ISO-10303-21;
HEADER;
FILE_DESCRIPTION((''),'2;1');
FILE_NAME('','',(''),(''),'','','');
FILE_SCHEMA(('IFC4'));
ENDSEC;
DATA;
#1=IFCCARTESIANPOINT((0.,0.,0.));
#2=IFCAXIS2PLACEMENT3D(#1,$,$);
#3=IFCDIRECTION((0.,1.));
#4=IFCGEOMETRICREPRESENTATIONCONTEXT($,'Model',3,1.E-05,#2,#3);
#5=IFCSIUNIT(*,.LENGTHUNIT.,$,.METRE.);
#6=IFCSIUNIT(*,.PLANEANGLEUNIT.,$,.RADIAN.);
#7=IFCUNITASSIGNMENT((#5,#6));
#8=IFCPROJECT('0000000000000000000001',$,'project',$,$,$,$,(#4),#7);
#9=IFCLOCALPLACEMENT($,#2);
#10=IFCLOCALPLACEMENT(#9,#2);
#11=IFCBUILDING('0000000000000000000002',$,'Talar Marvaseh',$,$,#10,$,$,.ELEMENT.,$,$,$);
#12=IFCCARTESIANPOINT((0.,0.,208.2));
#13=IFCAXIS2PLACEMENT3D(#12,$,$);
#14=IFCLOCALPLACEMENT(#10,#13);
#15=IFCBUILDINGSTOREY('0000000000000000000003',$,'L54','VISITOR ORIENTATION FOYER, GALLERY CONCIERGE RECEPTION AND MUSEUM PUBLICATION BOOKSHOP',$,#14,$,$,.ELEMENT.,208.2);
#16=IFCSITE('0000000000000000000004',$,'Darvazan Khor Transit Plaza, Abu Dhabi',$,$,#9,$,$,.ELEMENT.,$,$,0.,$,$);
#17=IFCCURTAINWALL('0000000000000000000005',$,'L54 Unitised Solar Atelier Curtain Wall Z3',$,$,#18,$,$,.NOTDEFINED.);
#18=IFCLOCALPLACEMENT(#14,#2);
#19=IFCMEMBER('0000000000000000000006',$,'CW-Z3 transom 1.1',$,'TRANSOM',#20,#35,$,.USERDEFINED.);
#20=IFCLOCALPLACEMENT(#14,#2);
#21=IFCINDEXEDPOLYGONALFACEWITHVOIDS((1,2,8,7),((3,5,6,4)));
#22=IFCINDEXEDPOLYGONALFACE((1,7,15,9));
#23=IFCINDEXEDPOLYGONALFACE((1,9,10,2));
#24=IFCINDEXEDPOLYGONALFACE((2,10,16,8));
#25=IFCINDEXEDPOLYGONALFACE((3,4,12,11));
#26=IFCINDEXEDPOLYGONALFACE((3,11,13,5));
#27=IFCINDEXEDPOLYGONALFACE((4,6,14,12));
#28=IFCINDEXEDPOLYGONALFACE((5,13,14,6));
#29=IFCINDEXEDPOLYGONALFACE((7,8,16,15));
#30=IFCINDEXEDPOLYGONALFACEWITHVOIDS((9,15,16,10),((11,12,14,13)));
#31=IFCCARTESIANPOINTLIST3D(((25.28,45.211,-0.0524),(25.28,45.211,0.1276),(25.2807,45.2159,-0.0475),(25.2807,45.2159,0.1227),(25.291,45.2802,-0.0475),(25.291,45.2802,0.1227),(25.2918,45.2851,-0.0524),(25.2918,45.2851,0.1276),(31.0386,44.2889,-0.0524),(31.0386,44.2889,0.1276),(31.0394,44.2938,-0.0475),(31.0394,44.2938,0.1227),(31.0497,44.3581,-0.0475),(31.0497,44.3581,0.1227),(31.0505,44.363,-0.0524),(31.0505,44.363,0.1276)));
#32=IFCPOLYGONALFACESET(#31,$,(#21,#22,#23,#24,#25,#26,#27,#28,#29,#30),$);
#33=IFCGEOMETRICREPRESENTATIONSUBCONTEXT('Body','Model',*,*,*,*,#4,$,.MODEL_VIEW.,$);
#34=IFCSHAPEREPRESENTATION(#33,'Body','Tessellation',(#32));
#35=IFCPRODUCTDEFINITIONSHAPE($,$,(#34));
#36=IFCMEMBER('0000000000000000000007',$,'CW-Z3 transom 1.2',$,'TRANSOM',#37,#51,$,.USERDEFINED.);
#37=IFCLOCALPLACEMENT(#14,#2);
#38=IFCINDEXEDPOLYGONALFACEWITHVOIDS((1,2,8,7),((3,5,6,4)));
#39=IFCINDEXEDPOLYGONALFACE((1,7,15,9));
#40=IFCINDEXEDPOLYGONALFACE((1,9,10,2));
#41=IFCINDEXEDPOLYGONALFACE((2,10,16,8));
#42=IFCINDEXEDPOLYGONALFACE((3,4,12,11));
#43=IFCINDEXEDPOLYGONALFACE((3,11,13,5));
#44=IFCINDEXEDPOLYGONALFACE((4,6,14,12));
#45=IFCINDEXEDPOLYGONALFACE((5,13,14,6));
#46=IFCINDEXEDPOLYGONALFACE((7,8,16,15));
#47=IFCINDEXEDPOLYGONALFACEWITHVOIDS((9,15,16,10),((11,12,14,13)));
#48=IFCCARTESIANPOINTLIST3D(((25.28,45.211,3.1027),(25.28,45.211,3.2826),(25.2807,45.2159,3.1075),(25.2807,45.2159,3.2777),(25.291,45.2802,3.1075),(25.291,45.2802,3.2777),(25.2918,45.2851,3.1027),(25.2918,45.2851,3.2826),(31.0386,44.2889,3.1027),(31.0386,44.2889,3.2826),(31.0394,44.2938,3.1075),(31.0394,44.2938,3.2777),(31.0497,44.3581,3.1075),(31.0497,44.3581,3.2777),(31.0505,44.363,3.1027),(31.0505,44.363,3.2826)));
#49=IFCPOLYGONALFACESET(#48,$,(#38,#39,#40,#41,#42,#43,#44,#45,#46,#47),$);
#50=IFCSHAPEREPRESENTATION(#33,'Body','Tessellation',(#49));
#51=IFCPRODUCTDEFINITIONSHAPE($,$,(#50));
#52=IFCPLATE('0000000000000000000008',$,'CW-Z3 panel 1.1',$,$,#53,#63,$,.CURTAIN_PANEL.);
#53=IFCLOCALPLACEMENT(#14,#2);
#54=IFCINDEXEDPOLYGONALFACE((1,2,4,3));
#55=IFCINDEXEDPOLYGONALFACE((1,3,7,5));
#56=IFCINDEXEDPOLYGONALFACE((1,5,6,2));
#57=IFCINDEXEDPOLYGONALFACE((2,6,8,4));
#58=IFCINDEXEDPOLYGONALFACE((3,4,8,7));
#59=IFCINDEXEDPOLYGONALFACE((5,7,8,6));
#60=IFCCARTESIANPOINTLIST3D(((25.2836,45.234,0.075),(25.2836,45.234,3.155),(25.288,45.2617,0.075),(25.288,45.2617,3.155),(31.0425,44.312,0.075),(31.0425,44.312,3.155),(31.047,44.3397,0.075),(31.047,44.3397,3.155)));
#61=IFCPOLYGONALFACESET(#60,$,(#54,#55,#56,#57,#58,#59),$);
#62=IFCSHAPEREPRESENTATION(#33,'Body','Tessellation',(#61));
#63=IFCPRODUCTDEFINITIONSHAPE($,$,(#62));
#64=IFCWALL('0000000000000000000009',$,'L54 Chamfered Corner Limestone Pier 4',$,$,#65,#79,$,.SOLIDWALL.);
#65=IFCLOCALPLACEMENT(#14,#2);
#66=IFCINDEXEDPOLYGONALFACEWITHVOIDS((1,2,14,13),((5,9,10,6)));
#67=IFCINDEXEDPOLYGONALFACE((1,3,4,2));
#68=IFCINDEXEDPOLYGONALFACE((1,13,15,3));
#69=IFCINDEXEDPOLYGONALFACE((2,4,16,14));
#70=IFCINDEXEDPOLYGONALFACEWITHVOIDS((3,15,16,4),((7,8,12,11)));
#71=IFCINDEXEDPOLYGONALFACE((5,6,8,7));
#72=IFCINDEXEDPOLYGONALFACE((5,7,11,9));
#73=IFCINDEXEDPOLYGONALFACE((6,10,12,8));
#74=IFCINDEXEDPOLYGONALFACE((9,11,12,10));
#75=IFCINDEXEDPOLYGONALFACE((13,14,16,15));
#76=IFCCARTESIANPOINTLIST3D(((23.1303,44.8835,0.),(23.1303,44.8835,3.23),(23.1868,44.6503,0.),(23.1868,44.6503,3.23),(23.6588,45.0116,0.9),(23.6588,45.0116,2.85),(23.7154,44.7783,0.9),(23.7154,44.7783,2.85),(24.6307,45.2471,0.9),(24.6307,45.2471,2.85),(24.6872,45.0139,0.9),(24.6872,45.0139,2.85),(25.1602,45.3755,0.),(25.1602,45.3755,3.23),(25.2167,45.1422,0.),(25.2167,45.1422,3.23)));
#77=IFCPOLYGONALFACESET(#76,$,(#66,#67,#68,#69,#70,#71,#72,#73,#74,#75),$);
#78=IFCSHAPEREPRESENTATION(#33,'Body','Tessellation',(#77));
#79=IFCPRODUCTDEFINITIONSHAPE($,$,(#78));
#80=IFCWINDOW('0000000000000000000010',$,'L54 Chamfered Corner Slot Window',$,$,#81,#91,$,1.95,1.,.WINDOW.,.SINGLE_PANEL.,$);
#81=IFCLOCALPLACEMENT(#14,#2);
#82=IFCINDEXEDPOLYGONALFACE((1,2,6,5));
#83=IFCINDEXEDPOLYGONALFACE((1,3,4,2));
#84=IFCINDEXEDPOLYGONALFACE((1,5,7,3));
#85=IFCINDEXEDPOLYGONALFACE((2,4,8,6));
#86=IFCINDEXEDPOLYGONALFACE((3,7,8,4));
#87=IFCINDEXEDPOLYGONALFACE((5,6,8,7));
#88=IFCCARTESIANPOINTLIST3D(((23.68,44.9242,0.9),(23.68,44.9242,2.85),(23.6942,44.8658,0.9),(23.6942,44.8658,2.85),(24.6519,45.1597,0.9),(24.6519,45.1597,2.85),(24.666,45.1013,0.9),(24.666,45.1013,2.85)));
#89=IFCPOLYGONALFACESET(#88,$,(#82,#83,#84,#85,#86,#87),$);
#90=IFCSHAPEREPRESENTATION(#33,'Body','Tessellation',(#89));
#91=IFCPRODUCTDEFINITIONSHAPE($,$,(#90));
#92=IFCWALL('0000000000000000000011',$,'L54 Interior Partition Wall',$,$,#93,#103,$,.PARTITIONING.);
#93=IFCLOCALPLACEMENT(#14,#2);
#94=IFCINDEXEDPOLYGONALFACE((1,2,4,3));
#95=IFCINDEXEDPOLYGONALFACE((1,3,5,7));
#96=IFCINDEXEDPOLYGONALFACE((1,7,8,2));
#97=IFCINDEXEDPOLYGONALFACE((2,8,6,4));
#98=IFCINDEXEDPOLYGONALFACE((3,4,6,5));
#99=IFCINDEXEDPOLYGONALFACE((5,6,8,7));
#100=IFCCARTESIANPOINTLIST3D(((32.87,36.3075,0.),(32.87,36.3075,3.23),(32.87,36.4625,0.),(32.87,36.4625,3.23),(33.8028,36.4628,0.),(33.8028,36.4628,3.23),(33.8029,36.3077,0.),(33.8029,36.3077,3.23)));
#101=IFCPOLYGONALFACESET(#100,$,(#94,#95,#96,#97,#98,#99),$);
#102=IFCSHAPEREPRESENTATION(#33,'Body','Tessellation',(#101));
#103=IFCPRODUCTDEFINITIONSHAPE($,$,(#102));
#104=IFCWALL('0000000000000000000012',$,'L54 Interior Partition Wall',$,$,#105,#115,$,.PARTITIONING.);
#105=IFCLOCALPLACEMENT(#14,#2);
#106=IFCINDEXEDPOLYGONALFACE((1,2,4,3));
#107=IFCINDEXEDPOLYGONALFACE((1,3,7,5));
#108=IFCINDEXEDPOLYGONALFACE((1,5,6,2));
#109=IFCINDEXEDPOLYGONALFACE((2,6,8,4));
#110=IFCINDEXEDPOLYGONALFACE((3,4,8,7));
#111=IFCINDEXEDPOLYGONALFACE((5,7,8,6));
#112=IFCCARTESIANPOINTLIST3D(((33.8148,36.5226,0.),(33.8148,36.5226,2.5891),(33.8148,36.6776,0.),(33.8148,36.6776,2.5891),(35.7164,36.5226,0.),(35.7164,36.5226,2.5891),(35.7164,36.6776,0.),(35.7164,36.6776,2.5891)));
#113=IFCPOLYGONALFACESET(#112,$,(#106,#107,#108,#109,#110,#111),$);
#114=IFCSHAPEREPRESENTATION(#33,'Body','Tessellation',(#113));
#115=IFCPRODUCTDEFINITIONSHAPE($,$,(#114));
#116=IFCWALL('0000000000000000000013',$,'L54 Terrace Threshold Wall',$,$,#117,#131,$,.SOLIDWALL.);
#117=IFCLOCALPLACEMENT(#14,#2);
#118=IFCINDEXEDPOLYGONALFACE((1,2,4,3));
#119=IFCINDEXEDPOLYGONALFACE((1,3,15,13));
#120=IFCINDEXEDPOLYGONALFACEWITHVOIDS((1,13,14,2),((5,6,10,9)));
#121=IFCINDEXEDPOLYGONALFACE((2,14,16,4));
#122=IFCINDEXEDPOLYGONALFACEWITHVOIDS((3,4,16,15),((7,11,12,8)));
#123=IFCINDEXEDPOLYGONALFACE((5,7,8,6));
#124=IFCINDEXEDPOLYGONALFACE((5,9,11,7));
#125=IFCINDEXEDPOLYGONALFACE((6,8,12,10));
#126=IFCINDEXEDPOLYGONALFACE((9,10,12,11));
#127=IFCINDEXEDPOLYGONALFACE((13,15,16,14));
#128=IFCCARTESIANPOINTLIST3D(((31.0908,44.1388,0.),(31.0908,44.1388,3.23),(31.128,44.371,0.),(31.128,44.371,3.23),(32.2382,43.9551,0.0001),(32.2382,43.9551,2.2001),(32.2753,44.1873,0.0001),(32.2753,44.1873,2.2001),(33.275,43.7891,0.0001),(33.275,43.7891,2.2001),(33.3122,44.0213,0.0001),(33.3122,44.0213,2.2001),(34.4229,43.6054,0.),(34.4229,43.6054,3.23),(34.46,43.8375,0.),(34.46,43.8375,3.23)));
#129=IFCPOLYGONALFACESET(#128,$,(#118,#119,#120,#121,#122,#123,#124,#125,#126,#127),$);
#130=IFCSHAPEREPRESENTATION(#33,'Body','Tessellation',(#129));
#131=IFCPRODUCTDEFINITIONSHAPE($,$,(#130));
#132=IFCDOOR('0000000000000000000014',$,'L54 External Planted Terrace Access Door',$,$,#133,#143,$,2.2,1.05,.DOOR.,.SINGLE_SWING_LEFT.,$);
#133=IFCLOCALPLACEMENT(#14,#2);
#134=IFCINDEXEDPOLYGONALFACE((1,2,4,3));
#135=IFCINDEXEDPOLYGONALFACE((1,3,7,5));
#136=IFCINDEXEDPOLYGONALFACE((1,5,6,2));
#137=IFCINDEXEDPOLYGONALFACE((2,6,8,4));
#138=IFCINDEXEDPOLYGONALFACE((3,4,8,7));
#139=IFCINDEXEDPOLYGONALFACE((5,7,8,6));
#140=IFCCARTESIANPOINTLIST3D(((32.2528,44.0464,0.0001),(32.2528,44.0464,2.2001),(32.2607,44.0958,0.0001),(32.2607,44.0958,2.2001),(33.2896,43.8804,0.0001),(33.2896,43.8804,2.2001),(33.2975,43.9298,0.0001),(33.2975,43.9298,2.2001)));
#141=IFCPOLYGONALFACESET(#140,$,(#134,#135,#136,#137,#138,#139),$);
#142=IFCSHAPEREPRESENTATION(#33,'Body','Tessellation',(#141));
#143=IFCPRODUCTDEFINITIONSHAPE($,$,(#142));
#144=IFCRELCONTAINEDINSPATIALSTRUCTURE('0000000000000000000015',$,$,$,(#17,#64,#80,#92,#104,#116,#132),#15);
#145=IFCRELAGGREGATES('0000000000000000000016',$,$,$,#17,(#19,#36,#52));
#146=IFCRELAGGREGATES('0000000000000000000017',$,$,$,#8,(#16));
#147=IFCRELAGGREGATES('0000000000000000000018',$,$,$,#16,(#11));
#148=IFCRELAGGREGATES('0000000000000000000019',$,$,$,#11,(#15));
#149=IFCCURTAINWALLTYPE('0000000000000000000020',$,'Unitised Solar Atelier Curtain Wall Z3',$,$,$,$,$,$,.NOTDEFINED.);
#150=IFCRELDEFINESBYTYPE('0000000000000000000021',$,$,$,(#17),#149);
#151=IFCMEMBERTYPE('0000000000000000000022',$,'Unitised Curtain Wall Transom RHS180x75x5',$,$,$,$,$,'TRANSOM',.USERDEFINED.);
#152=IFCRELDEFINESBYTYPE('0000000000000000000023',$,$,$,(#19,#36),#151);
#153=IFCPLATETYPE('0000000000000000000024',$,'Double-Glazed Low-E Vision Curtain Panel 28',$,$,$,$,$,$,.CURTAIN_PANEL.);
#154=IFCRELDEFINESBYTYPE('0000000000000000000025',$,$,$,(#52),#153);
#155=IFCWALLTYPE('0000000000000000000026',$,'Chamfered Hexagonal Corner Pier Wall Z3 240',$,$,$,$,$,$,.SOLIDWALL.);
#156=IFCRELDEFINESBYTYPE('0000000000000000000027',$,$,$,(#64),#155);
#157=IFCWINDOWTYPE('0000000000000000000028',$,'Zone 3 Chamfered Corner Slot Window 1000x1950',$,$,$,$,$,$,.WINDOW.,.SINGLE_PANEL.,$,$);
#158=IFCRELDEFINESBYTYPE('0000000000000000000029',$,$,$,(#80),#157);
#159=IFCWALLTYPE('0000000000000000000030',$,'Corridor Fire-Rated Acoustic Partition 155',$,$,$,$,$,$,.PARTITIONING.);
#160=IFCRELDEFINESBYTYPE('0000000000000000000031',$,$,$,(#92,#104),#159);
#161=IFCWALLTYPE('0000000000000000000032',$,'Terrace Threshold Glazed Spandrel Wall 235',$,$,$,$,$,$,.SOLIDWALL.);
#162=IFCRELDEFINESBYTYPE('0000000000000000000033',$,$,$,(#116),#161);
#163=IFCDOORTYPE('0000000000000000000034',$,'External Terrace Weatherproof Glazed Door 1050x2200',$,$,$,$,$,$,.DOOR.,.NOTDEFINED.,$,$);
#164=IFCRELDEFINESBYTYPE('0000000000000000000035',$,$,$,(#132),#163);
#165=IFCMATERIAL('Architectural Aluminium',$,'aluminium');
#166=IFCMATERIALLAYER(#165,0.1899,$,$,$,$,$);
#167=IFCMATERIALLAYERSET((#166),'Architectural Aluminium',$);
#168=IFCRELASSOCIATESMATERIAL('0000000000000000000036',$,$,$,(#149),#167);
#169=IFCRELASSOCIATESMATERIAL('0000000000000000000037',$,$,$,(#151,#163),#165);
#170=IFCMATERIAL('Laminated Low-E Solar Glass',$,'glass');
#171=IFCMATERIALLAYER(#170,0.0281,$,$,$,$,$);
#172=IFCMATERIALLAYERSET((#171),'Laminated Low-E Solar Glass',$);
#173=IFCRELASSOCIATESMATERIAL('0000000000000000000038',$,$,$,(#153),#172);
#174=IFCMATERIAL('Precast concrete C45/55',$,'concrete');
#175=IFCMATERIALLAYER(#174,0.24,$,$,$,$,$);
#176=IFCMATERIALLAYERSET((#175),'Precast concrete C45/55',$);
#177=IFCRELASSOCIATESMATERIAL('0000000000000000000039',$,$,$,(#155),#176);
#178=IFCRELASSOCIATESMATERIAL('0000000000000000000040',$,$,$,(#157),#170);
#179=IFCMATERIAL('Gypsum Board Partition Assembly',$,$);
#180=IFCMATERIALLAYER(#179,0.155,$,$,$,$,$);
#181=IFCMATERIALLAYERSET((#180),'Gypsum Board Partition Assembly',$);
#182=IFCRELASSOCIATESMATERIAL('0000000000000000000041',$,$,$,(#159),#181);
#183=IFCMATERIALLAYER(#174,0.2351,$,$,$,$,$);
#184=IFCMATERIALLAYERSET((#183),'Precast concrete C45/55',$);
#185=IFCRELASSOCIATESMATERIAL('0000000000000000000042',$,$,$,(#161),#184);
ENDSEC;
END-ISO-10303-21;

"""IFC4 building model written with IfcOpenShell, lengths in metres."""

from ifc_helpers import new_model, si_unit, direction, frame, frame_2d, origin, origin_2d, place, context, subcontext, project, spatial, rectangle, hollow_rectangle, extrude, source, transform, mapped, material, layer, layer_set, material_profile, profile_set, type_object, type_shapes, element, fill, aggregate, save


model = new_model("IFC4")

# Units and contexts
model_context = context("Model", 3, precision=1e-05, world=origin(), true_north=direction((0.0, 1.0)))
body_context = subcontext(model_context, "Body", "Model", "MODEL_VIEW")
ifc_project = project(units=[si_unit("LENGTHUNIT", "METRE"), si_unit("PLANEANGLEUNIT", "RADIAN")], contexts=[model_context])

# Site, building, storey
site_placement = place(None, origin())
site = spatial("IfcSite", under=ifc_project, at=site_placement, Name="Darvazan Khor Transit Plaza, Abu Dhabi", CompositionType="ELEMENT", RefElevation=0.0)
building_placement = place(site_placement, origin())
building = spatial("IfcBuilding", under=site, at=building_placement, Name="Talar Marvaseh", CompositionType="ELEMENT")
storey_placement = place(building_placement, frame((0.0, 0.0, 208.2)))
storey = spatial("IfcBuildingStorey", under=building, at=storey_placement, Name="L54", Description="VISITOR ORIENTATION FOYER, GALLERY CONCIERGE RECEPTION AND MUSEUM PUBLICATION BOOKSHOP", CompositionType="ELEMENT", Elevation=208.2)

# Shared definitions
ifc_material_1 = material(Name="Architectural Aluminium", Category="aluminium")
ifc_layer_1 = layer(ifc_material_1, 0.1899)
ifc_layer_set_1 = layer_set([ifc_layer_1], Name="Architectural Aluminium")
curtain_wall_type = type_object("IfcCurtainWallType", Name="Unitised Solar Atelier Curtain Wall Z3", PredefinedType="NOTDEFINED", material=ifc_layer_set_1)

# Curtain wall
curtain_wall_1_placement = place(storey_placement, origin())
curtain_wall_1 = element("IfcCurtainWall", 1, at=curtain_wall_1_placement, inside=storey, type_object=curtain_wall_type, Name="L54 Unitised Solar Atelier Curtain Wall Z3", PredefinedType="NOTDEFINED")

# Members
ifc_material_profile_1 = material_profile(ifc_material_1, hollow_rectangle(XDim=0.075, YDim=0.1799, WallThickness=0.0049, at=origin_2d()), Name="RHS180x75x5")
ifc_profile_set_1 = profile_set([ifc_material_profile_1], Name="Architectural Aluminium")
member_type_1 = type_object("IfcMemberType", Name="Unitised Curtain Wall Transom RHS180x75x5", ElementType="TRANSOM", PredefinedType="USERDEFINED", material=ifc_profile_set_1)
shared_shape_1 = source(origin(), body_context, "Body", "SweptSolid", [
    extrude(hollow_rectangle(XDim=0.075, YDim=0.1799, WallThickness=0.0049, at=origin_2d()), origin(), (0.0, 0.0, 1.0), 5.832),
])
type_shapes(member_type_1, [shared_shape_1])
member_1_placement = place(storey_placement, frame((25.2859, 45.248, 0.0376), z_axis=(0.987422, -0.15811, 0.0), x_axis=(0.15811, 0.987422, 0.0)))
member_1 = element("IfcMember", 2, at=member_1_placement, type_object=member_type_1, Name="CW-Z3 transom 1.1", ObjectType="TRANSOM", PredefinedType="USERDEFINED", context=body_context, shape_type="MappedRepresentation", body=[
    mapped(shared_shape_1, transform((0.0, 0.0, 0.0), x_axis=(1.0, 0.0, 0.0), y_axis=(0.0, 1.0, 0.0), z_axis=(0.0, 0.0, 1.0), scale=1.0)),
])
member_2_placement = place(storey_placement, frame((25.2859, 45.248, 3.1926), z_axis=(0.987422, -0.15811, 0.0), x_axis=(0.15811, 0.987422, 0.0)))
member_2 = element("IfcMember", 3, at=member_2_placement, type_object=member_type_1, Name="CW-Z3 transom 1.2", ObjectType="TRANSOM", PredefinedType="USERDEFINED", context=body_context, shape_type="MappedRepresentation", body=[
    mapped(shared_shape_1, transform((0.0, 0.0, 0.0), x_axis=(1.0, 0.0, 0.0), y_axis=(0.0, 1.0, 0.0), z_axis=(0.0, 0.0, 1.0), scale=1.0)),
])

# Plate
ifc_material_2 = material(Name="Laminated Low-E Solar Glass", Category="glass")
ifc_layer_2 = layer(ifc_material_2, 0.0281)
ifc_layer_set_2 = layer_set([ifc_layer_2], Name="Laminated Low-E Solar Glass")
plate_type = type_object("IfcPlateType", Name="Double-Glazed Low-E Vision Curtain Panel 28", PredefinedType="CURTAIN_PANEL", material=ifc_layer_set_2)
shared_shape_2 = source(origin(), body_context, "Body", "SweptSolid", [
    extrude(rectangle(XDim=5.8323, YDim=0.0281, at=origin_2d()), origin(), (0.0, 0.0, 1.0), 3.0801),
])
type_shapes(plate_type, [shared_shape_2])
plate_placement = place(storey_placement, frame((28.1653, 44.7869, 0.075), z_axis=(0.0, 0.0, 1.0), x_axis=(0.987426, -0.158085, 0.0)))
plate = element("IfcPlate", 4, at=plate_placement, type_object=plate_type, Name="CW-Z3 panel 1.1", PredefinedType="CURTAIN_PANEL", context=body_context, shape_type="MappedRepresentation", body=[
    mapped(shared_shape_2, transform((0.0, 0.0, 0.0), x_axis=(1.0, 0.0, 0.0), y_axis=(0.0, 1.0, 0.0), z_axis=(0.0, 0.0, 1.0), scale=1.0)),
])
aggregate(curtain_wall_1, [member_1, member_2, plate])

# Wall, opening, window
ifc_material_3 = material(Name="Precast concrete C45/55", Category="concrete")
ifc_layer_3 = layer(ifc_material_3, 0.24)
ifc_layer_set_3 = layer_set([ifc_layer_3], Name="Precast concrete C45/55")
wall_type_1 = type_object("IfcWallType", Name="Chamfered Hexagonal Corner Pier Wall Z3 240", PredefinedType="SOLIDWALL", material=ifc_layer_set_3)
wall_1_placement = place(storey_placement, frame((23.1584, 44.7668, 0.0), z_axis=(0.0, 0.0, 1.0), x_axis=(0.971864, 0.235543, 0.0)))
wall_1 = element("IfcWall", 5, at=wall_1_placement, inside=storey, type_object=wall_type_1, Name="L54 Chamfered Corner Limestone Pier 4", PredefinedType="SOLIDWALL", context=body_context, shape_type="SweptSolid", body=[
    extrude(rectangle(XDim=2.0886, YDim=0.24, at=frame_2d((1.0444, 0.0))), origin(), (0.0, 0.0, 1.0), 3.23),
])
opening_1_placement = place(wall_1_placement, frame((0.5439, 0.0, 0.8999)))
opening_1 = element("IfcOpeningElement", 6, at=opening_1_placement, cuts=wall_1, PredefinedType="OPENING", context=body_context, shape_type="SweptSolid", body=[
    extrude(rectangle(XDim=1.0, YDim=1.95, at=frame_2d((0.5, 0.9751))), frame((0.0, 0.1299, 0.0), z_axis=(0.0, -1.0, 0.0), x_axis=(1.0, 0.0, 0.0)), (0.0, 0.0, 1.0), 0.26),
])
window_type = type_object("IfcWindowType", Name="Zone 3 Chamfered Corner Slot Window 1000x1950", PartitioningType="SINGLE_PANEL", PredefinedType="WINDOW", material=ifc_material_2)
shared_shape_3 = source(origin(), body_context, "Body", "SweptSolid", [
    extrude(rectangle(XDim=1.0, YDim=1.95, at=frame_2d((0.5, 0.9751))), frame((0.0, 0.03, 0.0), z_axis=(0.0, -1.0, 0.0), x_axis=(1.0, 0.0, 0.0)), (0.0, 0.0, 1.0), 0.0601),
])
type_shapes(window_type, [shared_shape_3])
window_placement = place(opening_1_placement, origin())
window = element("IfcWindow", 7, at=window_placement, inside=storey, type_object=window_type, Name="L54 Chamfered Corner Slot Window", OverallHeight=1.95, OverallWidth=1.0, PartitioningType="SINGLE_PANEL", PredefinedType="WINDOW", context=body_context, shape_type="MappedRepresentation", body=[
    mapped(shared_shape_3, transform((0.0, 0.0, 0.0), x_axis=(1.0, 0.0, 0.0), y_axis=(0.0, 1.0, 0.0), z_axis=(0.0, 0.0, 1.0), scale=1.0)),
])
fill(opening_1, window)

# Walls
ifc_material_4 = material(Name="Gypsum Board Partition Assembly")
ifc_layer_4 = layer(ifc_material_4, 0.155)
ifc_layer_set_4 = layer_set([ifc_layer_4], Name="Gypsum Board Partition Assembly")
wall_type_2 = type_object("IfcWallType", Name="Corridor Fire-Rated Acoustic Partition 155", PredefinedType="PARTITIONING", material=ifc_layer_set_4)
wall_2_placement = place(storey_placement, frame((32.8701, 36.385, 0.0), z_axis=(0.0, 0.0, 1.0), x_axis=(1.0, 0.000262, 0.0)))
element("IfcWall", 8, at=wall_2_placement, inside=storey, type_object=wall_type_2, Name="L54 Interior Partition Wall", PredefinedType="PARTITIONING", context=body_context, shape_type="SweptSolid", body=[
    extrude(rectangle(XDim=0.9329, YDim=0.155, at=frame_2d((0.4663, 0.0))), origin(), (0.0, 0.0, 1.0), 3.23),
])
wall_3_placement = place(storey_placement, frame((33.8149, 36.6001, 0.0), z_axis=(0.0, 0.0, 1.0), x_axis=(1.0, 0.0, 0.0)))
element("IfcWall", 9, at=wall_3_placement, inside=storey, type_object=wall_type_2, Name="L54 Interior Partition Wall", PredefinedType="PARTITIONING", context=body_context, shape_type="SweptSolid", body=[
    extrude(rectangle(XDim=1.9016, YDim=0.155, at=frame_2d((0.9507, 0.0))), origin(), (0.0, 0.0, 1.0), 2.5891),
])

# Wall, opening, door
ifc_layer_5 = layer(ifc_material_3, 0.2351)
ifc_layer_set_5 = layer_set([ifc_layer_5], Name="Precast concrete C45/55")
wall_type_3 = type_object("IfcWallType", Name="Terrace Threshold Glazed Spandrel Wall 235", PredefinedType="SOLIDWALL", material=ifc_layer_set_5)
wall_4_placement = place(storey_placement, frame((31.1094, 44.2549, 0.0), z_axis=(0.0, 0.0, 1.0), x_axis=(0.987426, -0.158084, 0.0)))
wall_4 = element("IfcWall", 10, at=wall_4_placement, inside=storey, type_object=wall_type_3, Name="L54 Terrace Threshold Wall", PredefinedType="SOLIDWALL", context=body_context, shape_type="SweptSolid", body=[
    extrude(rectangle(XDim=3.3745, YDim=0.2351, at=frame_2d((1.6873, 0.0))), origin(), (0.0, 0.0, 1.0), 3.23),
])
opening_2_placement = place(wall_4_placement, frame((1.1621, 0.0, 0.0)))
opening_2 = element("IfcOpeningElement", 11, at=opening_2_placement, cuts=wall_4, PredefinedType="OPENING", context=body_context, shape_type="SweptSolid", body=[
    extrude(rectangle(XDim=1.05, YDim=2.2, at=frame_2d((0.5249, 1.1001))), frame((0.0, 0.1274, 0.0), z_axis=(0.0, -1.0, 0.0), x_axis=(1.0, 0.0, 0.0)), (0.0, 0.0, 1.0), 0.2551),
])
door_type_1 = type_object("IfcDoorType", Name="External Terrace Weatherproof Glazed Door 1050x2200", OperationType="NOTDEFINED", PredefinedType="DOOR", material=ifc_material_1)
shared_shape_4 = source(origin(), body_context, "Body", "SweptSolid", [
    extrude(rectangle(XDim=1.05, YDim=2.2, at=frame_2d((0.5249, 1.1001))), frame((0.0, 0.0249, 0.0), z_axis=(0.0, -1.0, 0.0), x_axis=(1.0, 0.0, 0.0)), (0.0, 0.0, 1.0), 0.05),
])
type_shapes(door_type_1, [shared_shape_4])
door_1_placement = place(opening_2_placement, origin())
door_1 = element("IfcDoor", 12, at=door_1_placement, inside=storey, type_object=door_type_1, Name="L54 External Planted Terrace Access Door", OperationType="SINGLE_SWING_LEFT", OverallHeight=2.2, OverallWidth=1.05, PredefinedType="DOOR", context=body_context, shape_type="MappedRepresentation", body=[
    mapped(shared_shape_4, transform((0.0, 0.0, 0.0), x_axis=(1.0, 0.0, 0.0), y_axis=(0.0, 1.0, 0.0), z_axis=(0.0, 0.0, 1.0), scale=1.0)),
])
fill(opening_2, door_1)

save(model, "model.ifc")
